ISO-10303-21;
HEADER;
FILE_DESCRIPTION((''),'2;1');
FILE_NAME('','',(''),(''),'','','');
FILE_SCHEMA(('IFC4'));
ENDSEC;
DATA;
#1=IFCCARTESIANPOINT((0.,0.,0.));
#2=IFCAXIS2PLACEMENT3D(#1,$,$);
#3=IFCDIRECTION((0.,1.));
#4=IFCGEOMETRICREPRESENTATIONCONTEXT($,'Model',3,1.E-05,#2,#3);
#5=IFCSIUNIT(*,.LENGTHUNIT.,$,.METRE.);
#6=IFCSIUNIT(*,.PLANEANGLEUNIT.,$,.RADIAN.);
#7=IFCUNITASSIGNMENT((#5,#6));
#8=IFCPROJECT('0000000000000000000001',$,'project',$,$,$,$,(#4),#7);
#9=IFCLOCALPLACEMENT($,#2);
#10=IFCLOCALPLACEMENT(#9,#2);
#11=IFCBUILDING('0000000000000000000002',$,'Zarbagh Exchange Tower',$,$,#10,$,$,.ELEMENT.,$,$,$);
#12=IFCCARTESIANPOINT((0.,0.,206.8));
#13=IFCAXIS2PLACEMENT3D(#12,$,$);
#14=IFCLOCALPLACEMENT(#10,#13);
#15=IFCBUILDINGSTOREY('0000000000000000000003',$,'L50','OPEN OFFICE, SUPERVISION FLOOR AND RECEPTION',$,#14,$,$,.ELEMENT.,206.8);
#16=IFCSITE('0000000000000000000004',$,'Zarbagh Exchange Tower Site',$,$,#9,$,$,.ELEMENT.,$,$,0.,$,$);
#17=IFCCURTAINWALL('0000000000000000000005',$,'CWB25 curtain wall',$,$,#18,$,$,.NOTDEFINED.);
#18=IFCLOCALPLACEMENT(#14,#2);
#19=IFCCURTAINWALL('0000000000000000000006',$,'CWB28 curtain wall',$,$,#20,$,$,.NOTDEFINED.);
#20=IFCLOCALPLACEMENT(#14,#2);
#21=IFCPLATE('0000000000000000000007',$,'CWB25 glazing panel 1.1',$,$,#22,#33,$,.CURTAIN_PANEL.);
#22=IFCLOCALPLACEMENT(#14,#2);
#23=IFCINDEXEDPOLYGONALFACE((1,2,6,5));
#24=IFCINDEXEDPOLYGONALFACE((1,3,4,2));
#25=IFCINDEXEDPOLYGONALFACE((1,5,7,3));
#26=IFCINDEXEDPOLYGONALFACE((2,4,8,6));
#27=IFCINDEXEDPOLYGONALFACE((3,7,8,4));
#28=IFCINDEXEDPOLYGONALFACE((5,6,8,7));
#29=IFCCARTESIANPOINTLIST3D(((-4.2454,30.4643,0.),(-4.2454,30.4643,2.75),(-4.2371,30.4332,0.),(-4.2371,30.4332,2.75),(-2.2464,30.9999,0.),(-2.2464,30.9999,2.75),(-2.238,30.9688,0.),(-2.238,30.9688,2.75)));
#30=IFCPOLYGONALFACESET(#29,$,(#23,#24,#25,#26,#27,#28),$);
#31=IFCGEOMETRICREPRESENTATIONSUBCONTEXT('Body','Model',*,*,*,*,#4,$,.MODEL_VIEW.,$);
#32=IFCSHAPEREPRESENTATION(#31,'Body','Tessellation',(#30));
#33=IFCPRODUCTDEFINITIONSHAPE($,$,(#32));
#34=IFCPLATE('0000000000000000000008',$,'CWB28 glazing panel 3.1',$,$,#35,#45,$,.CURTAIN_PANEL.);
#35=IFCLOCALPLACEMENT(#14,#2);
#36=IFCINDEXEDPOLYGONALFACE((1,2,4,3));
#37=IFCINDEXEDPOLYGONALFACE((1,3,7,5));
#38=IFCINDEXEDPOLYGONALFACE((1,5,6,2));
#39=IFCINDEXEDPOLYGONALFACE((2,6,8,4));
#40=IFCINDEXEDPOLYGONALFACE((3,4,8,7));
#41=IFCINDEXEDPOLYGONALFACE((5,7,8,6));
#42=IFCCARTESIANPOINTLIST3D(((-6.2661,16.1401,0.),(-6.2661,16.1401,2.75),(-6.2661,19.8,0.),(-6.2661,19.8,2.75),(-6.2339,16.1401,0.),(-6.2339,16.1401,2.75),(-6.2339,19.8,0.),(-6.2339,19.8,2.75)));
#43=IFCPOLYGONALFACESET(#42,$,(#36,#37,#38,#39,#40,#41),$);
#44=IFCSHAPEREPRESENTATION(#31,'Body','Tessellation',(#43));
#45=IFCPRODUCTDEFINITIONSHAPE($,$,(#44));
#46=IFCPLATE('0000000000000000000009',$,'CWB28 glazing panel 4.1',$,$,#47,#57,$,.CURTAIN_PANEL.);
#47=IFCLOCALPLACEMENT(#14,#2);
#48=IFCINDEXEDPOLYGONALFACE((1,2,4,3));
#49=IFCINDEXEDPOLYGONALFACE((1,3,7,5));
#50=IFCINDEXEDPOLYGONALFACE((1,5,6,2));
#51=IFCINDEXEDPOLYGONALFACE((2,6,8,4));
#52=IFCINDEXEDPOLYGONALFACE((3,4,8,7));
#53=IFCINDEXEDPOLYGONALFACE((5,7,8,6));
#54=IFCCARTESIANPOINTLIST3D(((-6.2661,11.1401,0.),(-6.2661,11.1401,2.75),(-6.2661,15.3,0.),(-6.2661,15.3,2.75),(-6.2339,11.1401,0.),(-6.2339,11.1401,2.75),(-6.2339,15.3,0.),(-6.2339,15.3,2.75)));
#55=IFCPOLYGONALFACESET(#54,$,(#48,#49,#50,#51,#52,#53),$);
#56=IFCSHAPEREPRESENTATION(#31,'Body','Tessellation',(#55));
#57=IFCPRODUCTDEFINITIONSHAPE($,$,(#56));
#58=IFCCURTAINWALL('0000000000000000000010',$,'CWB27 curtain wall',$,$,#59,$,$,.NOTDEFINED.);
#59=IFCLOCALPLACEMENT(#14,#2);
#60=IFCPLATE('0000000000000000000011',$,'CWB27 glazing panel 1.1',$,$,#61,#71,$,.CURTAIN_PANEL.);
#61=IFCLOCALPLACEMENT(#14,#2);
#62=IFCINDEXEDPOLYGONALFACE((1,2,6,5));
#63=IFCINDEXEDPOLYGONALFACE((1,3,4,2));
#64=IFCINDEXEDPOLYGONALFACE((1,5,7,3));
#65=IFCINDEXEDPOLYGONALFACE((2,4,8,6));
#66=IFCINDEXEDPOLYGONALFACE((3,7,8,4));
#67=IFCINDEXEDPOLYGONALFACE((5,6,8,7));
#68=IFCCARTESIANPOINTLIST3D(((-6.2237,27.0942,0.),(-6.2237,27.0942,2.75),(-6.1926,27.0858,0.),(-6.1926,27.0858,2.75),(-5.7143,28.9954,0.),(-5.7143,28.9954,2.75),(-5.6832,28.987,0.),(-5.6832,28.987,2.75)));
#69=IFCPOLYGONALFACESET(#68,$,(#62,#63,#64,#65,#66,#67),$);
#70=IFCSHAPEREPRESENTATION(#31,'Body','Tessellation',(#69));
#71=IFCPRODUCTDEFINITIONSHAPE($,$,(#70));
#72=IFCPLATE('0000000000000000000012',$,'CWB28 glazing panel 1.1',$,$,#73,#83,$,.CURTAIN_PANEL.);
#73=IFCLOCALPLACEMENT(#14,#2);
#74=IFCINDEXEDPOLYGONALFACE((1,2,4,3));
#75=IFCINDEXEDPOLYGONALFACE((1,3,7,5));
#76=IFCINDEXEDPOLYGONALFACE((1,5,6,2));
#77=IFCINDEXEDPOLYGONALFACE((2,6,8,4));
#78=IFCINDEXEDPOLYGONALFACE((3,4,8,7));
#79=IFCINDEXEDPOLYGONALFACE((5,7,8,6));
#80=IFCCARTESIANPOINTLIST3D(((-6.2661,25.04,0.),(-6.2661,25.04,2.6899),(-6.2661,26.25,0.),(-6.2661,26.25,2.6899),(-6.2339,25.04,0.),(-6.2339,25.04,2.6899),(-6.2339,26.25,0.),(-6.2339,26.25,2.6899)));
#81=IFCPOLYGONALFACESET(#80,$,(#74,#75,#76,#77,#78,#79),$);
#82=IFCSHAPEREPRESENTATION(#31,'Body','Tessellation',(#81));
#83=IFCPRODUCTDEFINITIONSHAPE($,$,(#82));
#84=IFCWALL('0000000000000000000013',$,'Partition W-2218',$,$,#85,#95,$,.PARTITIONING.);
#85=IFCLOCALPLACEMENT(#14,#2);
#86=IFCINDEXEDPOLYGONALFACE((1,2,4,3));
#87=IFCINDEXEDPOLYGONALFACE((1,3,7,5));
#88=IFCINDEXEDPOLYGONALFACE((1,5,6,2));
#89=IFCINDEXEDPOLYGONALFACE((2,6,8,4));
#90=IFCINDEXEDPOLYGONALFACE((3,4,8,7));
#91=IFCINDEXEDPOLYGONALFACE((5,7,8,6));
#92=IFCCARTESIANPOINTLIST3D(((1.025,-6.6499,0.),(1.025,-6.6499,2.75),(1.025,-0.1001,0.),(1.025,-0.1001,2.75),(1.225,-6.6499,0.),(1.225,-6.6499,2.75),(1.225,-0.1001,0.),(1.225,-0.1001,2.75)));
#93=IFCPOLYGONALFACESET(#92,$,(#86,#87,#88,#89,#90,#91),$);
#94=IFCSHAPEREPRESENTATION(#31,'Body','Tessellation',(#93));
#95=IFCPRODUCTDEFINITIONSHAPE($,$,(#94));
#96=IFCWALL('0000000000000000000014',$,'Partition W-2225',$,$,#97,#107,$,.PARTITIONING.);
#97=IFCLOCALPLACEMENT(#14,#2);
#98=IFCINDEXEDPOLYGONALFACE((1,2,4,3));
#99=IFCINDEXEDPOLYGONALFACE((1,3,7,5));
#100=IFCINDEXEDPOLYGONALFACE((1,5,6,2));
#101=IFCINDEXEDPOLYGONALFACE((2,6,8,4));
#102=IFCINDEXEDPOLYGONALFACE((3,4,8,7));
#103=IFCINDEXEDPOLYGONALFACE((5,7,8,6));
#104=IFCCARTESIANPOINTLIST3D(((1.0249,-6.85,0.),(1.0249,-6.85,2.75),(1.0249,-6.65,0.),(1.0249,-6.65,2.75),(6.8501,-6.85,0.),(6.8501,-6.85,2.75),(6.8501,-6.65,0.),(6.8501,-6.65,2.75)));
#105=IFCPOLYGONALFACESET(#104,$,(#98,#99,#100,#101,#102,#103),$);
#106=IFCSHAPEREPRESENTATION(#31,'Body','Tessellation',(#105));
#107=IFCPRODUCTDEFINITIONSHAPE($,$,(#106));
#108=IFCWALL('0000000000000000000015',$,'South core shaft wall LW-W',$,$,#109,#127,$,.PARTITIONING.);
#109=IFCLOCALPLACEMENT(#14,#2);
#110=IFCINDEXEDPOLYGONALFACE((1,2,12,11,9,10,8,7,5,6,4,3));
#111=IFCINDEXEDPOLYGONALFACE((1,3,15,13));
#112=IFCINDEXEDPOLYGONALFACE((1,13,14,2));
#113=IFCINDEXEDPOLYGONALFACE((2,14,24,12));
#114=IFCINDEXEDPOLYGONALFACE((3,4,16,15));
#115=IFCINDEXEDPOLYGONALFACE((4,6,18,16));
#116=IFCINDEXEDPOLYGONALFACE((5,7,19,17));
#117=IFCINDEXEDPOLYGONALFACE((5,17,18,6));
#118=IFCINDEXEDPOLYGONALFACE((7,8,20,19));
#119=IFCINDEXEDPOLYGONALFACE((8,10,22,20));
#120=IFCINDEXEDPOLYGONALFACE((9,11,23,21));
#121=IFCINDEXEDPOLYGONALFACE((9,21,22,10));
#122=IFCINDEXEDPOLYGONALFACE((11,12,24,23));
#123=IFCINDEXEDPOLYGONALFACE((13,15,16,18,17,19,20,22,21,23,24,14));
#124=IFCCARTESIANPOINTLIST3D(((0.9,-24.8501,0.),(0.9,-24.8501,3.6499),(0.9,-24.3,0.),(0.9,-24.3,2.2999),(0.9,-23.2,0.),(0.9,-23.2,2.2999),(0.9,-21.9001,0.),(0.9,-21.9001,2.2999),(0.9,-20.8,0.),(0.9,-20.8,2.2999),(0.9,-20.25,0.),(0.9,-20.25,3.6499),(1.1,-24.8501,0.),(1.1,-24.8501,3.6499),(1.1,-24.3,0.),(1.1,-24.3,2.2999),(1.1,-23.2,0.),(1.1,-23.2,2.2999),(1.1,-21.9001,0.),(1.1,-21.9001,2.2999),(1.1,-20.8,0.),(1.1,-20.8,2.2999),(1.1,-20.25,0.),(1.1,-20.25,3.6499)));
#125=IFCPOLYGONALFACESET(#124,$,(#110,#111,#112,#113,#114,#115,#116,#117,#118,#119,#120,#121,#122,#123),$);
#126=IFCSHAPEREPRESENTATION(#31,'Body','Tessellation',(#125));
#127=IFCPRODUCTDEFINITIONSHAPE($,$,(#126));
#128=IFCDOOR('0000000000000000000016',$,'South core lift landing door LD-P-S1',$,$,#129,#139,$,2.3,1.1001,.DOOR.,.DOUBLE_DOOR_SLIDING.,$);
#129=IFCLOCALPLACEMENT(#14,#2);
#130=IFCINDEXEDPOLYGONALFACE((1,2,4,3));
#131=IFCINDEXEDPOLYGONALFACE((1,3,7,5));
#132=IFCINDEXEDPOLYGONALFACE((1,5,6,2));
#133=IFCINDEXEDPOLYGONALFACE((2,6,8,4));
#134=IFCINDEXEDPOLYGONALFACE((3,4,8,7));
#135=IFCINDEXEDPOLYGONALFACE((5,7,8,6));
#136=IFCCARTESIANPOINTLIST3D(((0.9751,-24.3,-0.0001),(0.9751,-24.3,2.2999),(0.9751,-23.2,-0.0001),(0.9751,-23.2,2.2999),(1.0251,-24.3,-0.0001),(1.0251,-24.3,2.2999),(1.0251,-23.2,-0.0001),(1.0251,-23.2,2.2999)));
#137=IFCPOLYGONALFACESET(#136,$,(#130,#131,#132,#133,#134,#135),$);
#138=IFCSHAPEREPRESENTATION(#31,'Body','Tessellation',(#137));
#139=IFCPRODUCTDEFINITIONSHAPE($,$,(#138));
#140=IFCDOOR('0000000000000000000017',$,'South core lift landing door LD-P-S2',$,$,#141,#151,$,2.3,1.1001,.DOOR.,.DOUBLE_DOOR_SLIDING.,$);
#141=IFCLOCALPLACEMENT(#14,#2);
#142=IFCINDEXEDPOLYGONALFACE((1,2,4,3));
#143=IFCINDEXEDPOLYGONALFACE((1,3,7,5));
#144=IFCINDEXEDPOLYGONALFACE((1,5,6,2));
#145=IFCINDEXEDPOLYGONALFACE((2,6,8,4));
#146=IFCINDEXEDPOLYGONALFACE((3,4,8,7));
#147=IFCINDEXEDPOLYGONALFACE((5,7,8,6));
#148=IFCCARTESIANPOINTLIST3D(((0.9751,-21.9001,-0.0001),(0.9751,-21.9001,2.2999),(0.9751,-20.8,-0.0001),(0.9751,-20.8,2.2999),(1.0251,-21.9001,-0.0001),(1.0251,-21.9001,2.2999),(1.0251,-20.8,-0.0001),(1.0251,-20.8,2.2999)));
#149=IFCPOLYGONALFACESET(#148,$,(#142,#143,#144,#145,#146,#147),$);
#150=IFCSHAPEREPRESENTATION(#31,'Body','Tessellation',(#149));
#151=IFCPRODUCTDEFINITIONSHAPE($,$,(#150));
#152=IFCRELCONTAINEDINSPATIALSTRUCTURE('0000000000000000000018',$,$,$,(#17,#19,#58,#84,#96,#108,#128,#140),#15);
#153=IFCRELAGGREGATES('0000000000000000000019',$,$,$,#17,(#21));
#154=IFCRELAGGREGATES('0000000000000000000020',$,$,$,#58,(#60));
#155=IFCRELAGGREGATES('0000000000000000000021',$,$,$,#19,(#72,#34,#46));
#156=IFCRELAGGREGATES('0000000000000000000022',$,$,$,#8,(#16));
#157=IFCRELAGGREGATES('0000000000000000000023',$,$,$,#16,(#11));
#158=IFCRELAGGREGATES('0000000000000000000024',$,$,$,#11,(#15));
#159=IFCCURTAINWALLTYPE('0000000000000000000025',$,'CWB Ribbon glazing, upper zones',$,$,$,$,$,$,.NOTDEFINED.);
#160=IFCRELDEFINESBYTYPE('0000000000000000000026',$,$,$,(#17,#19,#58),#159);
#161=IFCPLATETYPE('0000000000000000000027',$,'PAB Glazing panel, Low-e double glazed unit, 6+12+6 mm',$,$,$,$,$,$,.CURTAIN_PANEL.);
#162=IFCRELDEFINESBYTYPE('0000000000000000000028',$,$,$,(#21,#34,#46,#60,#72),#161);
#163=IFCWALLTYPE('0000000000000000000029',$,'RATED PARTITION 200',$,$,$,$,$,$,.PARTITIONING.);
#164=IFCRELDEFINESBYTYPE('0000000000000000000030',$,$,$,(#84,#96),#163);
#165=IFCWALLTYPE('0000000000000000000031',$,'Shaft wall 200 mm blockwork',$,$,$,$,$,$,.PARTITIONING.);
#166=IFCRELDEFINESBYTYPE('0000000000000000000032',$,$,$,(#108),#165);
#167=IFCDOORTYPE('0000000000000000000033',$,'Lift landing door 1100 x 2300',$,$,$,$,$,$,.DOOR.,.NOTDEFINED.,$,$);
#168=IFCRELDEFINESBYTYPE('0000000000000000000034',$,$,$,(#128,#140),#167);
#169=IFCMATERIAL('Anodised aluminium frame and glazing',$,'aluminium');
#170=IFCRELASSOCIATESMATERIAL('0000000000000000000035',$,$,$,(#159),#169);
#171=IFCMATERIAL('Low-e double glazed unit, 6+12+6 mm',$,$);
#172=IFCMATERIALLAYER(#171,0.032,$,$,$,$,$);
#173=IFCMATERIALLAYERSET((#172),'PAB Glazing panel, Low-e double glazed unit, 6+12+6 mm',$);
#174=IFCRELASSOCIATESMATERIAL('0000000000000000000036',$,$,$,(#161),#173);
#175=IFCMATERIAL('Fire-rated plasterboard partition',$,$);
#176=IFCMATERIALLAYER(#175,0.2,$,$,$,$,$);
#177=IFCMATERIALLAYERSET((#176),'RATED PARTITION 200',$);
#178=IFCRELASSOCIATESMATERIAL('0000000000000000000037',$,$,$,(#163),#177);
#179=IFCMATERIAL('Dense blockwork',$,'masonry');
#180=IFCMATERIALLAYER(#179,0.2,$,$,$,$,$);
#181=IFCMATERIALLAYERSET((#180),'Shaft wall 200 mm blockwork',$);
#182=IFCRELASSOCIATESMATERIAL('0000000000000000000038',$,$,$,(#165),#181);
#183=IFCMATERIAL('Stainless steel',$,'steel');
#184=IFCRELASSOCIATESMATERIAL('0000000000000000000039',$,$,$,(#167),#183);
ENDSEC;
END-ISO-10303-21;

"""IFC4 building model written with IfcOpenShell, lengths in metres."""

from ifc_helpers import new_model, si_unit, direction, frame, frame_2d, origin, place, context, subcontext, project, spatial, polyline, rectangle, outline, extrude, source, transform, mapped, material, layer, layer_set, type_object, element, fill, aggregate, save


model = new_model("IFC4")

# Units and contexts
model_context = context("Model", 3, precision=1e-05, world=origin(), true_north=direction((0.0, 1.0)))
body_context = subcontext(model_context, "Body", "Model", "MODEL_VIEW")
ifc_project = project(units=[si_unit("LENGTHUNIT", "METRE"), si_unit("PLANEANGLEUNIT", "RADIAN")], contexts=[model_context])

# Site, building, storey
site_placement = place(None, origin())
site = spatial("IfcSite", under=ifc_project, at=site_placement, Name="Zarbagh Exchange Tower Site", CompositionType="ELEMENT", RefElevation=0.0)
building_placement = place(site_placement, origin())
building = spatial("IfcBuilding", under=site, at=building_placement, Name="Zarbagh Exchange Tower", CompositionType="ELEMENT")
storey_placement = place(building_placement, frame((0.0, 0.0, 206.8)))
storey = spatial("IfcBuildingStorey", under=building, at=storey_placement, Name="L50", Description="OPEN OFFICE, SUPERVISION FLOOR AND RECEPTION", CompositionType="ELEMENT", Elevation=206.8)

# Curtain wall
ifc_material_1 = material(Name="Anodised aluminium frame and glazing", Category="aluminium")
curtain_wall_type = type_object("IfcCurtainWallType", Name="CWB Ribbon glazing, upper zones", PredefinedType="NOTDEFINED", material=ifc_material_1)
placement = place(storey_placement, origin())
curtain_wall_1_placement = place(storey_placement, origin())
curtain_wall_1 = element("IfcCurtainWall", 1, at=curtain_wall_1_placement, inside=storey, type_object=curtain_wall_type, Name="CWB25 curtain wall", PredefinedType="NOTDEFINED")

# Curtain wall
curtain_wall_2_placement = place(storey_placement, origin())
curtain_wall_2 = element("IfcCurtainWall", 2, at=curtain_wall_2_placement, inside=storey, type_object=curtain_wall_type, Name="CWB28 curtain wall", PredefinedType="NOTDEFINED")

# Shared definitions
ifc_material_2 = material(Name="Low-e double glazed unit, 6+12+6 mm")
ifc_layer_1 = layer(ifc_material_2, 0.032)
ifc_layer_set_1 = layer_set([ifc_layer_1], Name="PAB Glazing panel, Low-e double glazed unit, 6+12+6 mm")
plate_type = type_object("IfcPlateType", Name="PAB Glazing panel, Low-e double glazed unit, 6+12+6 mm", PredefinedType="CURTAIN_PANEL", material=ifc_layer_set_1)

# Plates
shared_shape_1 = source(origin(), body_context, "Body", "SweptSolid", [
    extrude(outline(polyline([(0.0, -0.0161), (2.0696, -0.0161), (2.0696, 0.0161), (0.0, 0.0161), (0.0, -0.0161)])), origin(), (0.0, 0.0, 1.0), 2.75),
])
plate_1 = element("IfcPlate", 3, at=placement, type_object=plate_type, Name="CWB25 glazing panel 1.1", PredefinedType="CURTAIN_PANEL", context=body_context, shape_type="MappedRepresentation", body=[
    mapped(shared_shape_1, transform((-2.2422, 30.9844, 0.0), x_axis=(-0.965924, -0.258825, 0.0), y_axis=(0.258825, -0.965924, 0.0), z_axis=(0.0, 0.0, 1.0))),
])
aggregate(curtain_wall_1, [plate_1])
shared_shape_2 = source(origin(), body_context, "Body", "SweptSolid", [
    extrude(outline(polyline([(0.0, -0.0161), (3.6599, -0.0161), (3.6599, 0.0161), (0.0, 0.0161), (0.0, -0.0161)])), origin(), (0.0, 0.0, 1.0), 2.75),
])
plate_2 = element("IfcPlate", 4, at=placement, type_object=plate_type, Name="CWB28 glazing panel 3.1", PredefinedType="CURTAIN_PANEL", context=body_context, shape_type="MappedRepresentation", body=[
    mapped(shared_shape_2, transform((-6.25, 19.8, 0.0), x_axis=(0.0, -1.0, 0.0), y_axis=(1.0, 0.0, 0.0), z_axis=(0.0, 0.0, 1.0))),
])
shared_shape_3 = source(origin(), body_context, "Body", "SweptSolid", [
    extrude(outline(polyline([(0.0, -0.0161), (4.1599, -0.0161), (4.1599, 0.0161), (0.0, 0.0161), (0.0, -0.0161)])), origin(), (0.0, 0.0, 1.0), 2.75),
])
plate_3 = element("IfcPlate", 5, at=placement, type_object=plate_type, Name="CWB28 glazing panel 4.1", PredefinedType="CURTAIN_PANEL", context=body_context, shape_type="MappedRepresentation", body=[
    mapped(shared_shape_3, transform((-6.25, 15.3, 0.0), x_axis=(0.0, -1.0, 0.0), y_axis=(1.0, 0.0, 0.0), z_axis=(0.0, 0.0, 1.0))),
])

# Curtain wall, plate
curtain_wall_3_placement = place(storey_placement, origin())
curtain_wall_3 = element("IfcCurtainWall", 6, at=curtain_wall_3_placement, inside=storey, type_object=curtain_wall_type, Name="CWB27 curtain wall", PredefinedType="NOTDEFINED")
shared_shape_4 = source(origin(), body_context, "Body", "SweptSolid", [
    extrude(outline(polyline([(0.0, -0.0161), (1.9683, -0.0161), (1.9683, 0.0161), (0.0, 0.0161), (0.0, -0.0161)])), origin(), (0.0, 0.0, 1.0), 2.75),
])
plate_4 = element("IfcPlate", 7, at=placement, type_object=plate_type, Name="CWB27 glazing panel 1.1", PredefinedType="CURTAIN_PANEL", context=body_context, shape_type="MappedRepresentation", body=[
    mapped(shared_shape_4, transform((-5.6987, 28.9912, 0.0), x_axis=(-0.258825, -0.965924, 0.0), y_axis=(0.965924, -0.258825, 0.0), z_axis=(0.0, 0.0, 1.0))),
])
aggregate(curtain_wall_3, [plate_4])

# Plate
shared_shape_5 = source(origin(), body_context, "Body", "SweptSolid", [
    extrude(outline(polyline([(0.0, -0.0161), (1.21, -0.0161), (1.21, 0.0161), (0.0, 0.0161), (0.0, -0.0161)])), origin(), (0.0, 0.0, 1.0), 2.6899),
])
plate_5 = element("IfcPlate", 8, at=placement, type_object=plate_type, Name="CWB28 glazing panel 1.1", PredefinedType="CURTAIN_PANEL", context=body_context, shape_type="MappedRepresentation", body=[
    mapped(shared_shape_5, transform((-6.25, 26.25, 0.0), x_axis=(0.0, -1.0, 0.0), y_axis=(1.0, 0.0, 0.0), z_axis=(0.0, 0.0, 1.0))),
])
aggregate(curtain_wall_2, [plate_5, plate_2, plate_3])

# Walls
ifc_material_3 = material(Name="Fire-rated plasterboard partition")
ifc_layer_2 = layer(ifc_material_3, 0.2)
ifc_layer_set_2 = layer_set([ifc_layer_2], Name="RATED PARTITION 200")
wall_type_1 = type_object("IfcWallType", Name="RATED PARTITION 200", PredefinedType="PARTITIONING", material=ifc_layer_set_2)
wall_1_placement = place(storey_placement, frame((1.125, -6.6499, 0.0), z_axis=(0.0, 0.0, 1.0), x_axis=(0.0, 1.0, 0.0)))
element("IfcWall", 9, at=wall_1_placement, inside=storey, type_object=wall_type_1, Name="Partition W-2218", PredefinedType="PARTITIONING", context=body_context, shape_type="SweptSolid", body=[
    extrude(rectangle(XDim=6.5498, YDim=0.2, at=frame_2d((3.2749, 0.0))), origin(), (0.0, 0.0, 1.0), 2.75),
])
wall_2_placement = place(storey_placement, frame((1.0249, -6.75, 0.0), z_axis=(0.0, 0.0, 1.0), x_axis=(1.0, 0.0, 0.0)))
element("IfcWall", 10, at=wall_2_placement, inside=storey, type_object=wall_type_1, Name="Partition W-2225", PredefinedType="PARTITIONING", context=body_context, shape_type="SweptSolid", body=[
    extrude(rectangle(XDim=5.8252, YDim=0.2, at=frame_2d((2.9126, 0.0))), origin(), (0.0, 0.0, 1.0), 2.75),
])

# Wall, openings, doors
ifc_material_4 = material(Name="Dense blockwork", Category="masonry")
ifc_layer_3 = layer(ifc_material_4, 0.2)
ifc_layer_set_3 = layer_set([ifc_layer_3], Name="Shaft wall 200 mm blockwork")
wall_type_2 = type_object("IfcWallType", Name="Shaft wall 200 mm blockwork", PredefinedType="PARTITIONING", material=ifc_layer_set_3)
wall_3_placement = place(storey_placement, frame((1.0, -24.8501, 0.0), z_axis=(0.0, 0.0, 1.0), x_axis=(0.0, 1.0, 0.0)))
wall_3 = element("IfcWall", 11, at=wall_3_placement, inside=storey, type_object=wall_type_2, Name="South core shaft wall LW-W", PredefinedType="PARTITIONING", context=body_context, shape_type="SweptSolid", body=[
    extrude(rectangle(XDim=4.6001, YDim=0.2, at=frame_2d((2.3, 0.0))), origin(), (0.0, 0.0, 1.0), 3.6499),
])
opening_1_placement = place(wall_3_placement, frame((0.55, 0.0, 0.0)))
opening_1 = element("IfcOpeningElement", 12, at=opening_1_placement, cuts=wall_3, PredefinedType="OPENING", context=body_context, shape_type="SweptSolid", body=[
    extrude(rectangle(XDim=1.1001, YDim=2.3, at=frame_2d((0.55, 1.1499))), frame((0.0, 0.1099, 0.0), z_axis=(0.0, -1.0, 0.0), x_axis=(1.0, 0.0, 0.0)), (0.0, 0.0, 1.0), 0.22),
])
opening_2_placement = place(wall_3_placement, frame((2.95, 0.0, 0.0)))
opening_2 = element("IfcOpeningElement", 13, at=opening_2_placement, cuts=wall_3, PredefinedType="OPENING", context=body_context, shape_type="SweptSolid", body=[
    extrude(rectangle(XDim=1.1001, YDim=2.3, at=frame_2d((0.55, 1.1499))), frame((0.0, 0.1099, 0.0), z_axis=(0.0, -1.0, 0.0), x_axis=(1.0, 0.0, 0.0)), (0.0, 0.0, 1.0), 0.22),
])
ifc_material_5 = material(Name="Stainless steel", Category="steel")
door_type = type_object("IfcDoorType", Name="Lift landing door 1100 x 2300", OperationType="NOTDEFINED", PredefinedType="DOOR", material=ifc_material_5)
door_1_placement = place(opening_1_placement, origin())
door_1 = element("IfcDoor", 14, at=door_1_placement, inside=storey, type_object=door_type, Name="South core lift landing door LD-P-S1", OperationType="DOUBLE_DOOR_SLIDING", OverallHeight=2.3, OverallWidth=1.1001, PredefinedType="DOOR", context=body_context, shape_type="SweptSolid", body=[
    extrude(rectangle(XDim=1.1001, YDim=2.3, at=frame_2d((0.55, 1.1499))), frame((0.0, 0.0249, 0.0), z_axis=(0.0, -1.0, 0.0), x_axis=(1.0, 0.0, 0.0)), (0.0, 0.0, 1.0), 0.05),
])
fill(opening_1, door_1)
door_2_placement = place(opening_2_placement, origin())
door_2 = element("IfcDoor", 15, at=door_2_placement, inside=storey, type_object=door_type, Name="South core lift landing door LD-P-S2", OperationType="DOUBLE_DOOR_SLIDING", OverallHeight=2.3, OverallWidth=1.1001, PredefinedType="DOOR", context=body_context, shape_type="SweptSolid", body=[
    extrude(rectangle(XDim=1.1001, YDim=2.3, at=frame_2d((0.55, 1.1499))), frame((0.0, 0.0249, 0.0), z_axis=(0.0, -1.0, 0.0), x_axis=(1.0, 0.0, 0.0)), (0.0, 0.0, 1.0), 0.05),
])
fill(opening_2, door_2)

save(model, "model.ifc")
